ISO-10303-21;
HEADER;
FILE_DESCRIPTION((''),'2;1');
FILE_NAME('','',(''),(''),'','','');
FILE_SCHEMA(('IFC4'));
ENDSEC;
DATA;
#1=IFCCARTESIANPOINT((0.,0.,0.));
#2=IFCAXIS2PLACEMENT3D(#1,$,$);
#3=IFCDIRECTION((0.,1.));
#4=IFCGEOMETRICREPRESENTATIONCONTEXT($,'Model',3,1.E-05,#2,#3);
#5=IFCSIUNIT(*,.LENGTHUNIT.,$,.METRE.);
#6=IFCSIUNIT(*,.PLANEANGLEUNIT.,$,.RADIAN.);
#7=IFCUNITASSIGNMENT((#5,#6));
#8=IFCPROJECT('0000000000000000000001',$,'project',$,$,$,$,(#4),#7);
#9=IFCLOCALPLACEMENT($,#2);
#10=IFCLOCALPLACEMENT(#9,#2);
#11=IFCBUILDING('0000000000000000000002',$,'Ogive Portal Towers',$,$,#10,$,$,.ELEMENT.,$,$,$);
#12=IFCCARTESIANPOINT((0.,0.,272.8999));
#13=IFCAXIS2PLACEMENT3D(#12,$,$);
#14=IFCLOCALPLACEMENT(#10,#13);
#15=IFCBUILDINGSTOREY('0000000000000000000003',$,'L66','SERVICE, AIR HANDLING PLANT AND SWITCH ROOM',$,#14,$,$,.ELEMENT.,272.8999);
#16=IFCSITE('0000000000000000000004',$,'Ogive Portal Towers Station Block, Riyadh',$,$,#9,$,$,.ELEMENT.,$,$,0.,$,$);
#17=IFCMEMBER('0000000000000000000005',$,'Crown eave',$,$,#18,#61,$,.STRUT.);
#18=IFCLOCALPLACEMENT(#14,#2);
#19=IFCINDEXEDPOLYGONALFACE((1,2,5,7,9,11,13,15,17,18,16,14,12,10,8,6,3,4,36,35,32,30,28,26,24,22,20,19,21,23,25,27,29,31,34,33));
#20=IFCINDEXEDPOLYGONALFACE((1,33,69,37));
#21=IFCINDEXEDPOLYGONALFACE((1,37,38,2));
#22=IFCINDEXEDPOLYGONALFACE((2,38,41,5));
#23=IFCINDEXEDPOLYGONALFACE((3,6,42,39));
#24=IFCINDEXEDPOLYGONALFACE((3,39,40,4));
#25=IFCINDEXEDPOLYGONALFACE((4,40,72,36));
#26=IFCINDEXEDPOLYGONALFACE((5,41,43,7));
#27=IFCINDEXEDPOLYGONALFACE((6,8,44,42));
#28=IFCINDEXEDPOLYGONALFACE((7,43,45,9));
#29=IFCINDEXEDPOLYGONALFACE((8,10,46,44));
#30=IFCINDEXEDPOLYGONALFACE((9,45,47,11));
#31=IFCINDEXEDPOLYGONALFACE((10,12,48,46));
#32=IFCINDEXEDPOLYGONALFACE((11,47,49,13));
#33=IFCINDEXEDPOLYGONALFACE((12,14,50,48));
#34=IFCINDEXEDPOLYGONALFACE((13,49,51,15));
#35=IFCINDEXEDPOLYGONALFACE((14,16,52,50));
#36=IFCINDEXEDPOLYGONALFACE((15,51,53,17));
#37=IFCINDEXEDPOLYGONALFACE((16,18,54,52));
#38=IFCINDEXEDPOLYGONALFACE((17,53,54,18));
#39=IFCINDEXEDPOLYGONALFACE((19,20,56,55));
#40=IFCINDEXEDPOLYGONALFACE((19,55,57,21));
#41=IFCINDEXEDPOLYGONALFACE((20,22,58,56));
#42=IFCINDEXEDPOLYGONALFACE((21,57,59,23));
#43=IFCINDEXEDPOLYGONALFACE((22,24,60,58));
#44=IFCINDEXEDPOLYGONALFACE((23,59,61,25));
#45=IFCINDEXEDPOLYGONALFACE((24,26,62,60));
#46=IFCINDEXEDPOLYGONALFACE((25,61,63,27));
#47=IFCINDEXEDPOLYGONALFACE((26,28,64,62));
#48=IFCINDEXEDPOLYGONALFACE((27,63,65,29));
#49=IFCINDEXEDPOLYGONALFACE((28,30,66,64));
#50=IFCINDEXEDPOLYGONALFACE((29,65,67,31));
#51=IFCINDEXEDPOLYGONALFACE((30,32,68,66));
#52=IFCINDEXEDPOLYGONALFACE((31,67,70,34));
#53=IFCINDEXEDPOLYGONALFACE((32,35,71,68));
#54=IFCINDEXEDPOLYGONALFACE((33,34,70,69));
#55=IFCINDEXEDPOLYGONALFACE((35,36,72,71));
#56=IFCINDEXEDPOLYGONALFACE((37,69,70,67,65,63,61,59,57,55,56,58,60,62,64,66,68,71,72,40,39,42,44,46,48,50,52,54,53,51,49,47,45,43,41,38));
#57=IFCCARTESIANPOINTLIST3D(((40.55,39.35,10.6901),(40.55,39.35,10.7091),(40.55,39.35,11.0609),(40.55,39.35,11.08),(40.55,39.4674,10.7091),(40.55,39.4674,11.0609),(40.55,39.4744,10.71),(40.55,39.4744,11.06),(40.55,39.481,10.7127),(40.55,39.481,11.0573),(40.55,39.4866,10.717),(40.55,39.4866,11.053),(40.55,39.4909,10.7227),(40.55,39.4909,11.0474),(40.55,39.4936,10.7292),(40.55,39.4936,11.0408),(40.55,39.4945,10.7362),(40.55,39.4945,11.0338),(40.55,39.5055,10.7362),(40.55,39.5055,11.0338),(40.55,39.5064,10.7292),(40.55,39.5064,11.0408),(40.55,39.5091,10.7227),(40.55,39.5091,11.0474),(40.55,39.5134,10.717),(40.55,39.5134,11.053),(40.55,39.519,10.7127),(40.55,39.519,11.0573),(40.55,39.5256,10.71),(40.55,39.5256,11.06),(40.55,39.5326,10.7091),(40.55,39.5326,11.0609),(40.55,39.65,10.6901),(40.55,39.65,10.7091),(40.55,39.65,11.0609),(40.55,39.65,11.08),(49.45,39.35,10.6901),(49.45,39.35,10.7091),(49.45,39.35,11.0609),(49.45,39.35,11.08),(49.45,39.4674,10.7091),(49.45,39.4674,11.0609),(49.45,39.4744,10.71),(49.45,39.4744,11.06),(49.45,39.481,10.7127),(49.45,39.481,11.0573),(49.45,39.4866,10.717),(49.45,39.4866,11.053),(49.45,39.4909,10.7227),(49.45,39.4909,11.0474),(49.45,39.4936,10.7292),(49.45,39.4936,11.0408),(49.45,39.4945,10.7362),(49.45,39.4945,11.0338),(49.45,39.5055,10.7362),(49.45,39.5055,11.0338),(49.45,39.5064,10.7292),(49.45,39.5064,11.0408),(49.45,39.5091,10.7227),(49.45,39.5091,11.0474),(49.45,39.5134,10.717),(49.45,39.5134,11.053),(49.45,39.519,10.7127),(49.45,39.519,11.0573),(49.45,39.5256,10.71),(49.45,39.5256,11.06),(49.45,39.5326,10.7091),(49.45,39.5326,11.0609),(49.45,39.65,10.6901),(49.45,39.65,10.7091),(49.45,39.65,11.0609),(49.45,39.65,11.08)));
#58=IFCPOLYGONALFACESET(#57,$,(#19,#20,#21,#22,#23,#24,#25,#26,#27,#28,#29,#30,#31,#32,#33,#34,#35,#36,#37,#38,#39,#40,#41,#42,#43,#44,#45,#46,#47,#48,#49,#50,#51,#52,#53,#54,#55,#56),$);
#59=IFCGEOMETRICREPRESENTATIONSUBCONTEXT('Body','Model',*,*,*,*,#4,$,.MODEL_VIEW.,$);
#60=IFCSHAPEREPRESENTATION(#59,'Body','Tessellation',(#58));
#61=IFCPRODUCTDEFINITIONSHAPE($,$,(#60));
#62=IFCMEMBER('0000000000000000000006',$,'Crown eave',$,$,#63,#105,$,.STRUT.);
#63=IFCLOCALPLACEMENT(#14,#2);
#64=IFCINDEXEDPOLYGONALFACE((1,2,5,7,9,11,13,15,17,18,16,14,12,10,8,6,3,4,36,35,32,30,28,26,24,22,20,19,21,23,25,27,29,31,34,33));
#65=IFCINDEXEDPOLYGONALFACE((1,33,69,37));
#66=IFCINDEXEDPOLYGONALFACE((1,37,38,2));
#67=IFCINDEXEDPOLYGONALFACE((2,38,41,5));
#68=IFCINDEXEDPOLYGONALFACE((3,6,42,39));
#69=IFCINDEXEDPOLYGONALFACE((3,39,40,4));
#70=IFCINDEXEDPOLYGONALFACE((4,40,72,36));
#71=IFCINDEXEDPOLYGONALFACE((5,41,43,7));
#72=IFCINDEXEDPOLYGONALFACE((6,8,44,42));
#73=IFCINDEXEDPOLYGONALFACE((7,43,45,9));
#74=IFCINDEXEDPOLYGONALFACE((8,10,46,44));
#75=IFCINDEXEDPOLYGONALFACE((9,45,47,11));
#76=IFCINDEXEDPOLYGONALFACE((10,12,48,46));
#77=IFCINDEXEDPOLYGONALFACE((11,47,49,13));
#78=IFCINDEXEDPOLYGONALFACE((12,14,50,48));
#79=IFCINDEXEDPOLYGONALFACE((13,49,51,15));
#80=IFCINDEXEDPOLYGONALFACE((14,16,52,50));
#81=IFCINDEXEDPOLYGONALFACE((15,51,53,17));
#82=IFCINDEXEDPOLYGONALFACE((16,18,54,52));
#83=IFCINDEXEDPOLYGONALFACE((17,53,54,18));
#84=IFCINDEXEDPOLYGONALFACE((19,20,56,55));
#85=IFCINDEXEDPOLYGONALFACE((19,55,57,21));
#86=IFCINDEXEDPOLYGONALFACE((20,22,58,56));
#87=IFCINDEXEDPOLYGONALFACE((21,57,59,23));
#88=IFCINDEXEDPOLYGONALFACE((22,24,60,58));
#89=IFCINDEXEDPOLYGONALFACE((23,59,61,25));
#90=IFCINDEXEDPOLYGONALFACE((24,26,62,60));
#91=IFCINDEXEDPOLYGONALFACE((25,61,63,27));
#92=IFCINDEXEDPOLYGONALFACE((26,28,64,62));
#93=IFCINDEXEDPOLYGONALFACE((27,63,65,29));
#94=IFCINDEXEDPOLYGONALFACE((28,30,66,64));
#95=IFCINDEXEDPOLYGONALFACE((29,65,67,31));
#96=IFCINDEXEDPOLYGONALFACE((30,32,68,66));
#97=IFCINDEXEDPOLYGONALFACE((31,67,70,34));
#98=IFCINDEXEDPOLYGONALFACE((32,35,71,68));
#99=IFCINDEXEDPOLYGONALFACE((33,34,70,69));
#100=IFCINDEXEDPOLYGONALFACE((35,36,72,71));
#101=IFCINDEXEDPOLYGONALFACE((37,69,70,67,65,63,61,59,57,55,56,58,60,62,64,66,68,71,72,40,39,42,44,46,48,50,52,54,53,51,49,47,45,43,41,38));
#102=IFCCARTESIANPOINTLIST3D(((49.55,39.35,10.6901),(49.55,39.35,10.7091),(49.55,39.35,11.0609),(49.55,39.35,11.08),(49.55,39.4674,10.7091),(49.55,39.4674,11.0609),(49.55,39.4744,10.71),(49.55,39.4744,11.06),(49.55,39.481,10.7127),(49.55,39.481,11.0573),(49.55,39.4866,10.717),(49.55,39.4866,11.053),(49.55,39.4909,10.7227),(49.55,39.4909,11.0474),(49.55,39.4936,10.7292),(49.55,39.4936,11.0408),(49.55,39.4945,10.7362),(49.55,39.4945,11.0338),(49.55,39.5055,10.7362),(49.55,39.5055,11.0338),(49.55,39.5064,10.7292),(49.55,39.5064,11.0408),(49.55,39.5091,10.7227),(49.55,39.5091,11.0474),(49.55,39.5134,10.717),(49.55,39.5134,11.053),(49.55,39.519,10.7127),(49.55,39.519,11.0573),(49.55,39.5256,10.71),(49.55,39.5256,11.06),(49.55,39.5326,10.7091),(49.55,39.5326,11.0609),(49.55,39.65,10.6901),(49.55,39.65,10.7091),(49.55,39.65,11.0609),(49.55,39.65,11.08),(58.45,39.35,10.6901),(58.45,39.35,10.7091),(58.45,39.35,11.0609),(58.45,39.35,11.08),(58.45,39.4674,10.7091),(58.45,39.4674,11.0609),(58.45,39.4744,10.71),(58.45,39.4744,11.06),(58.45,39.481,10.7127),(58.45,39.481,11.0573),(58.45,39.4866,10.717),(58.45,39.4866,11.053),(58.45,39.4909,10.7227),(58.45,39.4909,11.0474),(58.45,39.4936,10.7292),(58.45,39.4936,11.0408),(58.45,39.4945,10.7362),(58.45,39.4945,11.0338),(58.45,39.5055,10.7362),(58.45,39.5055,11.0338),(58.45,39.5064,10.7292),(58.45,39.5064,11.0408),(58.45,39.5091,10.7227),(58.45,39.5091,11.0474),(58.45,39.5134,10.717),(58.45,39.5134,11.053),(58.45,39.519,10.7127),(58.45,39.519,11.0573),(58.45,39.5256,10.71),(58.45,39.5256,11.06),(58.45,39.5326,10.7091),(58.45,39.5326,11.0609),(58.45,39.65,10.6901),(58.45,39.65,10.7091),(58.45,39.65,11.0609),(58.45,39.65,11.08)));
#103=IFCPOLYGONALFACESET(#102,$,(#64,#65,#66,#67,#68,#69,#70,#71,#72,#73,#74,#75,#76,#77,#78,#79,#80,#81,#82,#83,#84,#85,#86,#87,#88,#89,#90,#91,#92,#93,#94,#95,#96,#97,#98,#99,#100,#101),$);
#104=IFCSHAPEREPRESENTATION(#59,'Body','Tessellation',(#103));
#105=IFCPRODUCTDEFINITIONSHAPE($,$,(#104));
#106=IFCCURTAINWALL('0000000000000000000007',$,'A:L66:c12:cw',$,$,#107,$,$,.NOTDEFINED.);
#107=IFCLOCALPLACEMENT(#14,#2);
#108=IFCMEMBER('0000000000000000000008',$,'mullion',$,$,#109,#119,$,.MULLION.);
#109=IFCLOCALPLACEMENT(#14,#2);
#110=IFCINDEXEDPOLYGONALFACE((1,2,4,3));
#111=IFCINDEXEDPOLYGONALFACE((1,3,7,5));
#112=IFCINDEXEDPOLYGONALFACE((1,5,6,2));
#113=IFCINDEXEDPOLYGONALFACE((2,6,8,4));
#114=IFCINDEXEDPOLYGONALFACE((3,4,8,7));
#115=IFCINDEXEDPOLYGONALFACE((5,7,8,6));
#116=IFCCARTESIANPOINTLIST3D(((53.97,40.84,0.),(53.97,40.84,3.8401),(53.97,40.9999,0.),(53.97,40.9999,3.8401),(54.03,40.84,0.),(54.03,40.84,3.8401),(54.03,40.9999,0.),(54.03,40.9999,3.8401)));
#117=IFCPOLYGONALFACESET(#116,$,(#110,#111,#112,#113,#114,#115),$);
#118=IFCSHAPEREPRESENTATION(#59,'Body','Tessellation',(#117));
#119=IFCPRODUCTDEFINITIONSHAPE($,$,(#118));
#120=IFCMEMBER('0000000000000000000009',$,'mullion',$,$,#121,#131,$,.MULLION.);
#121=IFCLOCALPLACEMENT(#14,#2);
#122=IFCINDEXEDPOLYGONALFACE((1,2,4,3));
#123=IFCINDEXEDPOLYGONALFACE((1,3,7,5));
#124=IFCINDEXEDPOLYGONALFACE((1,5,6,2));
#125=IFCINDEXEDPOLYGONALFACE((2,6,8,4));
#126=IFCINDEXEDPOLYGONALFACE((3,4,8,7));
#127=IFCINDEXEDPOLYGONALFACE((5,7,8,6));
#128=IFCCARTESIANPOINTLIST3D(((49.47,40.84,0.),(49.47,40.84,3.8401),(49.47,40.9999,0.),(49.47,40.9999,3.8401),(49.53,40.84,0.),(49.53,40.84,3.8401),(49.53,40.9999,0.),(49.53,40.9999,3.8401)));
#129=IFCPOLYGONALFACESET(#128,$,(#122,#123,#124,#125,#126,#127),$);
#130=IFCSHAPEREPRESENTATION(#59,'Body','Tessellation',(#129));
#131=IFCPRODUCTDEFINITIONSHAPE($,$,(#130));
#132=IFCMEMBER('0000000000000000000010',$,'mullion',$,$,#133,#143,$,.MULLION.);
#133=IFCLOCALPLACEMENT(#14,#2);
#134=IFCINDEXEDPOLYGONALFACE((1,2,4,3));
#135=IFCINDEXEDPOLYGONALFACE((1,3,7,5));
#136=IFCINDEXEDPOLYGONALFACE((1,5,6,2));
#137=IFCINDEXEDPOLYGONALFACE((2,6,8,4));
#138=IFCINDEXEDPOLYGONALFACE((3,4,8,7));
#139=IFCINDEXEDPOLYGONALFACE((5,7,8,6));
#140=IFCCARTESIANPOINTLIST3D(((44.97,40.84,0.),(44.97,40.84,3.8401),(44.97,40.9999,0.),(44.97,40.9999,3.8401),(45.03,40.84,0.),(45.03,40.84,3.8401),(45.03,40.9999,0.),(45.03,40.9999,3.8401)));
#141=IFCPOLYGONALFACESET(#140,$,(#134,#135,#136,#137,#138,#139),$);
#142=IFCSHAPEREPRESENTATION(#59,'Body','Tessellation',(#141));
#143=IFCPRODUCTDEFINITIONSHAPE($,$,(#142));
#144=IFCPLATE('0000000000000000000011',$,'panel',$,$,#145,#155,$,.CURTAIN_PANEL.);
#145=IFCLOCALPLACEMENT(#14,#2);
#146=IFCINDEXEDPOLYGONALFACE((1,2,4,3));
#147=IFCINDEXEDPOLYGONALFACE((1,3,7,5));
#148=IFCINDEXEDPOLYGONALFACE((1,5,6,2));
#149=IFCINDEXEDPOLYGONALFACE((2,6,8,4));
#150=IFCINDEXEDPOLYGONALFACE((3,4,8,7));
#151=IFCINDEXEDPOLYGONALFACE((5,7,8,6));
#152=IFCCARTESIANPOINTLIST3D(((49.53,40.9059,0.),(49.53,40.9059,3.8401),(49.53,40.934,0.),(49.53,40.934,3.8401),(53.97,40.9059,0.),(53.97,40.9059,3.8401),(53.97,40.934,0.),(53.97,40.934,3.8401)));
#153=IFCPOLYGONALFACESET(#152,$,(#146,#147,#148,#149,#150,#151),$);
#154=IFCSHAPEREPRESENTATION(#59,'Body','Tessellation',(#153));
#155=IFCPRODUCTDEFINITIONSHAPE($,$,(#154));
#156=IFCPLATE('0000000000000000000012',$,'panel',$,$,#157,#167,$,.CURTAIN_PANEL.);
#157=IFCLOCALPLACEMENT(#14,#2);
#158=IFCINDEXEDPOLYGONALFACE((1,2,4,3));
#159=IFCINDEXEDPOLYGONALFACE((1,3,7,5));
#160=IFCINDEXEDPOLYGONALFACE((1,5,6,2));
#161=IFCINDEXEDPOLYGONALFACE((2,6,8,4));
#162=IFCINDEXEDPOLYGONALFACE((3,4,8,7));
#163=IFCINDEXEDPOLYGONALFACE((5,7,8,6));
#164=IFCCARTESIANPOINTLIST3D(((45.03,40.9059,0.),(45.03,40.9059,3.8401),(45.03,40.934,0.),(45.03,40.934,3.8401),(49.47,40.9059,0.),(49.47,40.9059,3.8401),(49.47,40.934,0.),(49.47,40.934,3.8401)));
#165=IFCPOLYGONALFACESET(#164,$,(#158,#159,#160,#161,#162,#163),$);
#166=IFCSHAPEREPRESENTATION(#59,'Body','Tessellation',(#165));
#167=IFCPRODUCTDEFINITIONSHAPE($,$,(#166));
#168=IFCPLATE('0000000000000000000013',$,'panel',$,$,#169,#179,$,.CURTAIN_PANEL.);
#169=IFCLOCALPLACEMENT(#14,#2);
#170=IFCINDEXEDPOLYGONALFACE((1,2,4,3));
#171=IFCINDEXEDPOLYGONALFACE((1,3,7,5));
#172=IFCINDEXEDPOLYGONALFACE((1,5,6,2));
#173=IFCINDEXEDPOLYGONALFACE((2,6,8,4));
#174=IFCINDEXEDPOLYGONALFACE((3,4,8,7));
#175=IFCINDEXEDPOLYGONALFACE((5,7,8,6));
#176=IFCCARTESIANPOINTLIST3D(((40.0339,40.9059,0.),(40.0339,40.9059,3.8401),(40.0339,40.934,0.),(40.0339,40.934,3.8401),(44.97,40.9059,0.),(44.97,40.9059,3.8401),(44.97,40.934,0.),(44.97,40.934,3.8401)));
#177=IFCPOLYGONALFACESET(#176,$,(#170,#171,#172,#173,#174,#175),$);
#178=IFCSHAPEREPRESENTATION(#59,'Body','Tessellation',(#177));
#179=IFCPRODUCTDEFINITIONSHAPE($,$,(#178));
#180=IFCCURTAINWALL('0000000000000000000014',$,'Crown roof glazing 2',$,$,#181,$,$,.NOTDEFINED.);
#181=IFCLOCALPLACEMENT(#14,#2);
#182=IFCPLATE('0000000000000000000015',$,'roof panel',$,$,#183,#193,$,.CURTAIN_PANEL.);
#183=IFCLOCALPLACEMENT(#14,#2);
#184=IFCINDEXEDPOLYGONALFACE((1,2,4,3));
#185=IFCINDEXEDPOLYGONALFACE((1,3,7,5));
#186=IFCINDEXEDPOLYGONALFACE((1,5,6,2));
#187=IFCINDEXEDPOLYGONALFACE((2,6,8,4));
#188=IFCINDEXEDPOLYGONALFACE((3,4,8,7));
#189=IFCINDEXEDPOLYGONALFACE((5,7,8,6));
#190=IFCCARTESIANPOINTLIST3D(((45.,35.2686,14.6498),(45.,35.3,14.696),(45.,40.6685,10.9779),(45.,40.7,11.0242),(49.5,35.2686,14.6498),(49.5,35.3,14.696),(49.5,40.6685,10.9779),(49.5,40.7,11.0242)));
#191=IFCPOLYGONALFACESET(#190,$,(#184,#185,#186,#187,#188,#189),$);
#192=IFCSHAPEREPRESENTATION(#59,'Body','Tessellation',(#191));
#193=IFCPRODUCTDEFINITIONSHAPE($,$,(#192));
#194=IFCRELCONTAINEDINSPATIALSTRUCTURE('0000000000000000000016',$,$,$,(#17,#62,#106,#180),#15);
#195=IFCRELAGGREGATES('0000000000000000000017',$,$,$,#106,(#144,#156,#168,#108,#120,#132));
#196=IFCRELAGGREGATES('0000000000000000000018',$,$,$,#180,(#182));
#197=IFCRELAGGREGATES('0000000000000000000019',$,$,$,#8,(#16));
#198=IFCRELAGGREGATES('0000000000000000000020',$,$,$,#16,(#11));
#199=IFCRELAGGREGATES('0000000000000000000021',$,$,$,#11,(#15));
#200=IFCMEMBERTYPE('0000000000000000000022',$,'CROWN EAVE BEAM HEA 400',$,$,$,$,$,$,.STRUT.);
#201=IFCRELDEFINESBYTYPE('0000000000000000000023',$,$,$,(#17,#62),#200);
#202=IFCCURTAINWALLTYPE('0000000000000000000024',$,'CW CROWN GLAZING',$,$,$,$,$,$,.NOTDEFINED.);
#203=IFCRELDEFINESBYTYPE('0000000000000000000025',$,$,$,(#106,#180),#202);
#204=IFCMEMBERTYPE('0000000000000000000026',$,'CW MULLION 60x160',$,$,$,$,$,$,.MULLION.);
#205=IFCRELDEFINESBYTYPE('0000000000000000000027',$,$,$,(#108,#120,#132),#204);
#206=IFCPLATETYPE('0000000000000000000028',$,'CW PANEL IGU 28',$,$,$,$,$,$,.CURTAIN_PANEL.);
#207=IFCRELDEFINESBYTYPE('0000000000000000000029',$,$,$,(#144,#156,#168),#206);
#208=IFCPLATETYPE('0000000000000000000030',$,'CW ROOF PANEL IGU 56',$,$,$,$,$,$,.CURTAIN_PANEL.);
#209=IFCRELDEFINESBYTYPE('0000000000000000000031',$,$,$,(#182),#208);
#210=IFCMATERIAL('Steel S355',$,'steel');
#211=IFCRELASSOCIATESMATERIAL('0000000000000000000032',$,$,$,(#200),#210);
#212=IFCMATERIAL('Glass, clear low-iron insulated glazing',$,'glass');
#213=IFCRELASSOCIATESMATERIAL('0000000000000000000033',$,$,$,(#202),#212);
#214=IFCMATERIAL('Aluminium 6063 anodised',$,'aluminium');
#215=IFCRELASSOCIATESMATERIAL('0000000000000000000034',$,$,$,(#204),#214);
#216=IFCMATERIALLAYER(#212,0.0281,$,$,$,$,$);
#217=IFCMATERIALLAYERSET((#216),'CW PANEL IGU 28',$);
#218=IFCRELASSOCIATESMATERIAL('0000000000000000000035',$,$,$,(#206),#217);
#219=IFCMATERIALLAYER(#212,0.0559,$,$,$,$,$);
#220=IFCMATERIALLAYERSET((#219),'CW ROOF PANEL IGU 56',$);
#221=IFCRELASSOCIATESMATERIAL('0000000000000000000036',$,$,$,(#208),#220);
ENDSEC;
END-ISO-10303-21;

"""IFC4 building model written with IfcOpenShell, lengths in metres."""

from ifc_helpers import new_model, si_unit, direction, frame, origin, origin_2d, place, context, subcontext, project, spatial, polyline, rectangle, i_section, outline, extrude, material, layer, layer_set, material_profile, profile_set, type_object, element, aggregate, save


model = new_model("IFC4")

# Units and contexts
model_context = context("Model", 3, precision=1e-05, world=origin(), true_north=direction((0.0, 1.0)))
body_context = subcontext(model_context, "Body", "Model", "MODEL_VIEW")
ifc_project = project(units=[si_unit("LENGTHUNIT", "METRE"), si_unit("PLANEANGLEUNIT", "RADIAN")], contexts=[model_context])

# Site, building, storey
site_placement = place(None, origin())
site = spatial("IfcSite", under=ifc_project, at=site_placement, Name="Ogive Portal Towers Station Block, Riyadh", CompositionType="ELEMENT", RefElevation=0.0)
building_placement = place(site_placement, origin())
building = spatial("IfcBuilding", under=site, at=building_placement, Name="Ogive Portal Towers", CompositionType="ELEMENT")
storey_placement = place(building_placement, frame((0.0, 0.0, 272.8999)))
storey = spatial("IfcBuildingStorey", under=building, at=storey_placement, Name="L66", Description="SERVICE, AIR HANDLING PLANT AND SWITCH ROOM", CompositionType="ELEMENT", Elevation=272.8999)

# Members
ifc_material_1 = material(Name="Steel S355", Category="steel")
ifc_material_profile_1 = material_profile(ifc_material_1, i_section(OverallWidth=0.3, OverallDepth=0.3899, WebThickness=0.011, FlangeThickness=0.019, FilletRadius=0.0271, at=origin_2d()), Name="HEA 400")
ifc_profile_set_1 = profile_set([ifc_material_profile_1], Name="Steel S355")
member_type_1 = type_object("IfcMemberType", Name="CROWN EAVE BEAM HEA 400", PredefinedType="STRUT", material=ifc_profile_set_1)
for number, where, z_axis, x_axis, name in (
    (1, (40.55, 39.5, 10.885), (1.0, 0.0, 0.0), (0.0, 1.0, 0.0), "Crown eave"),
    (2, (49.55, 39.5, 10.885), (1.0, 0.0, 0.0), (0.0, 1.0, 0.0), "Crown eave"),
):
    element("IfcMember", number, at=place(storey_placement, frame(where, z_axis=z_axis, x_axis=x_axis)), inside=storey, type_object=member_type_1, Name=name, PredefinedType="STRUT", context=body_context, shape_type="SweptSolid", body=[
        extrude(i_section(OverallWidth=0.3, OverallDepth=0.3899, WebThickness=0.011, FlangeThickness=0.019, FilletRadius=0.0271, at=origin_2d()), origin(), (0.0, 0.0, 1.0), 8.8999),
    ])

# Curtain wall, members, plates
ifc_material_2 = material(Name="Glass, clear low-iron insulated glazing", Category="glass")
curtain_wall_type = type_object("IfcCurtainWallType", Name="CW CROWN GLAZING", PredefinedType="NOTDEFINED", material=ifc_material_2)
curtain_wall_1_placement = place(storey_placement, origin())
curtain_wall_1 = element("IfcCurtainWall", 3, at=curtain_wall_1_placement, inside=storey, type_object=curtain_wall_type, Name="A:L66:c12:cw", PredefinedType="NOTDEFINED")
ifc_material_3 = material(Name="Aluminium 6063 anodised", Category="aluminium")
ifc_material_profile_2 = material_profile(ifc_material_3, rectangle(XDim=0.1599, YDim=0.0601, at=origin_2d()), Name="AL 60x160")
ifc_profile_set_2 = profile_set([ifc_material_profile_2], Name="Aluminium 6063 anodised")
member_type_2 = type_object("IfcMemberType", Name="CW MULLION 60x160", PredefinedType="MULLION", material=ifc_profile_set_2)
member_1_placement = place(storey_placement, frame((54.0, 40.9199, 0.0), z_axis=(0.0, 0.0, 1.0), x_axis=(0.0, -1.0, 0.0)))
member_1 = element("IfcMember", 4, at=member_1_placement, type_object=member_type_2, Name="mullion", PredefinedType="MULLION", context=body_context, shape_type="SweptSolid", body=[
    extrude(rectangle(XDim=0.1599, YDim=0.0601, at=origin_2d()), origin(), (0.0, 0.0, 1.0), 3.8401),
])
member_2_placement = place(storey_placement, frame((49.5, 40.9199, 0.0), z_axis=(0.0, 0.0, 1.0), x_axis=(0.0, -1.0, 0.0)))
member_2 = element("IfcMember", 5, at=member_2_placement, type_object=member_type_2, Name="mullion", PredefinedType="MULLION", context=body_context, shape_type="SweptSolid", body=[
    extrude(rectangle(XDim=0.1599, YDim=0.0601, at=origin_2d()), origin(), (0.0, 0.0, 1.0), 3.8401),
])
member_3_placement = place(storey_placement, frame((45.0, 40.9199, 0.0), z_axis=(0.0, 0.0, 1.0), x_axis=(0.0, -1.0, 0.0)))
member_3 = element("IfcMember", 6, at=member_3_placement, type_object=member_type_2, Name="mullion", PredefinedType="MULLION", context=body_context, shape_type="SweptSolid", body=[
    extrude(rectangle(XDim=0.1599, YDim=0.0601, at=origin_2d()), origin(), (0.0, 0.0, 1.0), 3.8401),
])
ifc_layer_1 = layer(ifc_material_2, 0.0281)
ifc_layer_set_1 = layer_set([ifc_layer_1], Name="CW PANEL IGU 28")
plate_type_1 = type_object("IfcPlateType", Name="CW PANEL IGU 28", PredefinedType="CURTAIN_PANEL", material=ifc_layer_set_1)
plate_1_placement = place(storey_placement, frame((51.75, 40.9199, 0.0), z_axis=(0.0, 0.0, 1.0), x_axis=(-1.0, 0.0, 0.0)))
plate_1 = element("IfcPlate", 7, at=plate_1_placement, type_object=plate_type_1, Name="panel", PredefinedType="CURTAIN_PANEL", context=body_context, shape_type="SweptSolid", body=[
    extrude(rectangle(XDim=4.4399, YDim=0.0281, at=origin_2d()), origin(), (0.0, 0.0, 1.0), 3.8401),
])
plate_2_placement = place(storey_placement, frame((47.25, 40.9199, 0.0), z_axis=(0.0, 0.0, 1.0), x_axis=(-1.0, 0.0, 0.0)))
plate_2 = element("IfcPlate", 8, at=plate_2_placement, type_object=plate_type_1, Name="panel", PredefinedType="CURTAIN_PANEL", context=body_context, shape_type="SweptSolid", body=[
    extrude(rectangle(XDim=4.4399, YDim=0.0281, at=origin_2d()), origin(), (0.0, 0.0, 1.0), 3.8401),
])
plate_3_placement = place(storey_placement, frame((42.502, 40.9199, 0.0), z_axis=(0.0, 0.0, 1.0), x_axis=(-1.0, 0.0, 0.0)))
plate_3 = element("IfcPlate", 9, at=plate_3_placement, type_object=plate_type_1, Name="panel", PredefinedType="CURTAIN_PANEL", context=body_context, shape_type="SweptSolid", body=[
    extrude(rectangle(XDim=4.936, YDim=0.0281, at=origin_2d()), origin(), (0.0, 0.0, 1.0), 3.8401),
])
aggregate(curtain_wall_1, [plate_1, plate_2, plate_3, member_1, member_2, member_3])

# Curtain wall, plate
curtain_wall_2_placement = place(storey_placement, origin())
curtain_wall_2 = element("IfcCurtainWall", 10, at=curtain_wall_2_placement, inside=storey, type_object=curtain_wall_type, Name="Crown roof glazing 2", PredefinedType="NOTDEFINED")
ifc_layer_2 = layer(ifc_material_2, 0.0559)
ifc_layer_set_2 = layer_set([ifc_layer_2], Name="CW ROOF PANEL IGU 56")
plate_type_2 = type_object("IfcPlateType", Name="CW ROOF PANEL IGU 56", PredefinedType="CURTAIN_PANEL", material=ifc_layer_set_2)
plate_4_placement = place(storey_placement, frame((45.0, 40.7, 11.0242), z_axis=(0.0, 0.562304, 0.826931), x_axis=(0.0, -0.826931, 0.562304)))
plate_4 = element("IfcPlate", 11, at=plate_4_placement, type_object=plate_type_2, Name="roof panel", PredefinedType="CURTAIN_PANEL", context=body_context, shape_type="SweptSolid", body=[
    extrude(outline(polyline([(0.0, 0.0), (6.5301, 0.0), (6.5301, 4.5), (0.0, 4.5), (0.0, 0.0)])), origin(), (0.0, 0.0, -1.0), 0.0559),
])
aggregate(curtain_wall_2, [plate_4])

save(model, "model.ifc")
